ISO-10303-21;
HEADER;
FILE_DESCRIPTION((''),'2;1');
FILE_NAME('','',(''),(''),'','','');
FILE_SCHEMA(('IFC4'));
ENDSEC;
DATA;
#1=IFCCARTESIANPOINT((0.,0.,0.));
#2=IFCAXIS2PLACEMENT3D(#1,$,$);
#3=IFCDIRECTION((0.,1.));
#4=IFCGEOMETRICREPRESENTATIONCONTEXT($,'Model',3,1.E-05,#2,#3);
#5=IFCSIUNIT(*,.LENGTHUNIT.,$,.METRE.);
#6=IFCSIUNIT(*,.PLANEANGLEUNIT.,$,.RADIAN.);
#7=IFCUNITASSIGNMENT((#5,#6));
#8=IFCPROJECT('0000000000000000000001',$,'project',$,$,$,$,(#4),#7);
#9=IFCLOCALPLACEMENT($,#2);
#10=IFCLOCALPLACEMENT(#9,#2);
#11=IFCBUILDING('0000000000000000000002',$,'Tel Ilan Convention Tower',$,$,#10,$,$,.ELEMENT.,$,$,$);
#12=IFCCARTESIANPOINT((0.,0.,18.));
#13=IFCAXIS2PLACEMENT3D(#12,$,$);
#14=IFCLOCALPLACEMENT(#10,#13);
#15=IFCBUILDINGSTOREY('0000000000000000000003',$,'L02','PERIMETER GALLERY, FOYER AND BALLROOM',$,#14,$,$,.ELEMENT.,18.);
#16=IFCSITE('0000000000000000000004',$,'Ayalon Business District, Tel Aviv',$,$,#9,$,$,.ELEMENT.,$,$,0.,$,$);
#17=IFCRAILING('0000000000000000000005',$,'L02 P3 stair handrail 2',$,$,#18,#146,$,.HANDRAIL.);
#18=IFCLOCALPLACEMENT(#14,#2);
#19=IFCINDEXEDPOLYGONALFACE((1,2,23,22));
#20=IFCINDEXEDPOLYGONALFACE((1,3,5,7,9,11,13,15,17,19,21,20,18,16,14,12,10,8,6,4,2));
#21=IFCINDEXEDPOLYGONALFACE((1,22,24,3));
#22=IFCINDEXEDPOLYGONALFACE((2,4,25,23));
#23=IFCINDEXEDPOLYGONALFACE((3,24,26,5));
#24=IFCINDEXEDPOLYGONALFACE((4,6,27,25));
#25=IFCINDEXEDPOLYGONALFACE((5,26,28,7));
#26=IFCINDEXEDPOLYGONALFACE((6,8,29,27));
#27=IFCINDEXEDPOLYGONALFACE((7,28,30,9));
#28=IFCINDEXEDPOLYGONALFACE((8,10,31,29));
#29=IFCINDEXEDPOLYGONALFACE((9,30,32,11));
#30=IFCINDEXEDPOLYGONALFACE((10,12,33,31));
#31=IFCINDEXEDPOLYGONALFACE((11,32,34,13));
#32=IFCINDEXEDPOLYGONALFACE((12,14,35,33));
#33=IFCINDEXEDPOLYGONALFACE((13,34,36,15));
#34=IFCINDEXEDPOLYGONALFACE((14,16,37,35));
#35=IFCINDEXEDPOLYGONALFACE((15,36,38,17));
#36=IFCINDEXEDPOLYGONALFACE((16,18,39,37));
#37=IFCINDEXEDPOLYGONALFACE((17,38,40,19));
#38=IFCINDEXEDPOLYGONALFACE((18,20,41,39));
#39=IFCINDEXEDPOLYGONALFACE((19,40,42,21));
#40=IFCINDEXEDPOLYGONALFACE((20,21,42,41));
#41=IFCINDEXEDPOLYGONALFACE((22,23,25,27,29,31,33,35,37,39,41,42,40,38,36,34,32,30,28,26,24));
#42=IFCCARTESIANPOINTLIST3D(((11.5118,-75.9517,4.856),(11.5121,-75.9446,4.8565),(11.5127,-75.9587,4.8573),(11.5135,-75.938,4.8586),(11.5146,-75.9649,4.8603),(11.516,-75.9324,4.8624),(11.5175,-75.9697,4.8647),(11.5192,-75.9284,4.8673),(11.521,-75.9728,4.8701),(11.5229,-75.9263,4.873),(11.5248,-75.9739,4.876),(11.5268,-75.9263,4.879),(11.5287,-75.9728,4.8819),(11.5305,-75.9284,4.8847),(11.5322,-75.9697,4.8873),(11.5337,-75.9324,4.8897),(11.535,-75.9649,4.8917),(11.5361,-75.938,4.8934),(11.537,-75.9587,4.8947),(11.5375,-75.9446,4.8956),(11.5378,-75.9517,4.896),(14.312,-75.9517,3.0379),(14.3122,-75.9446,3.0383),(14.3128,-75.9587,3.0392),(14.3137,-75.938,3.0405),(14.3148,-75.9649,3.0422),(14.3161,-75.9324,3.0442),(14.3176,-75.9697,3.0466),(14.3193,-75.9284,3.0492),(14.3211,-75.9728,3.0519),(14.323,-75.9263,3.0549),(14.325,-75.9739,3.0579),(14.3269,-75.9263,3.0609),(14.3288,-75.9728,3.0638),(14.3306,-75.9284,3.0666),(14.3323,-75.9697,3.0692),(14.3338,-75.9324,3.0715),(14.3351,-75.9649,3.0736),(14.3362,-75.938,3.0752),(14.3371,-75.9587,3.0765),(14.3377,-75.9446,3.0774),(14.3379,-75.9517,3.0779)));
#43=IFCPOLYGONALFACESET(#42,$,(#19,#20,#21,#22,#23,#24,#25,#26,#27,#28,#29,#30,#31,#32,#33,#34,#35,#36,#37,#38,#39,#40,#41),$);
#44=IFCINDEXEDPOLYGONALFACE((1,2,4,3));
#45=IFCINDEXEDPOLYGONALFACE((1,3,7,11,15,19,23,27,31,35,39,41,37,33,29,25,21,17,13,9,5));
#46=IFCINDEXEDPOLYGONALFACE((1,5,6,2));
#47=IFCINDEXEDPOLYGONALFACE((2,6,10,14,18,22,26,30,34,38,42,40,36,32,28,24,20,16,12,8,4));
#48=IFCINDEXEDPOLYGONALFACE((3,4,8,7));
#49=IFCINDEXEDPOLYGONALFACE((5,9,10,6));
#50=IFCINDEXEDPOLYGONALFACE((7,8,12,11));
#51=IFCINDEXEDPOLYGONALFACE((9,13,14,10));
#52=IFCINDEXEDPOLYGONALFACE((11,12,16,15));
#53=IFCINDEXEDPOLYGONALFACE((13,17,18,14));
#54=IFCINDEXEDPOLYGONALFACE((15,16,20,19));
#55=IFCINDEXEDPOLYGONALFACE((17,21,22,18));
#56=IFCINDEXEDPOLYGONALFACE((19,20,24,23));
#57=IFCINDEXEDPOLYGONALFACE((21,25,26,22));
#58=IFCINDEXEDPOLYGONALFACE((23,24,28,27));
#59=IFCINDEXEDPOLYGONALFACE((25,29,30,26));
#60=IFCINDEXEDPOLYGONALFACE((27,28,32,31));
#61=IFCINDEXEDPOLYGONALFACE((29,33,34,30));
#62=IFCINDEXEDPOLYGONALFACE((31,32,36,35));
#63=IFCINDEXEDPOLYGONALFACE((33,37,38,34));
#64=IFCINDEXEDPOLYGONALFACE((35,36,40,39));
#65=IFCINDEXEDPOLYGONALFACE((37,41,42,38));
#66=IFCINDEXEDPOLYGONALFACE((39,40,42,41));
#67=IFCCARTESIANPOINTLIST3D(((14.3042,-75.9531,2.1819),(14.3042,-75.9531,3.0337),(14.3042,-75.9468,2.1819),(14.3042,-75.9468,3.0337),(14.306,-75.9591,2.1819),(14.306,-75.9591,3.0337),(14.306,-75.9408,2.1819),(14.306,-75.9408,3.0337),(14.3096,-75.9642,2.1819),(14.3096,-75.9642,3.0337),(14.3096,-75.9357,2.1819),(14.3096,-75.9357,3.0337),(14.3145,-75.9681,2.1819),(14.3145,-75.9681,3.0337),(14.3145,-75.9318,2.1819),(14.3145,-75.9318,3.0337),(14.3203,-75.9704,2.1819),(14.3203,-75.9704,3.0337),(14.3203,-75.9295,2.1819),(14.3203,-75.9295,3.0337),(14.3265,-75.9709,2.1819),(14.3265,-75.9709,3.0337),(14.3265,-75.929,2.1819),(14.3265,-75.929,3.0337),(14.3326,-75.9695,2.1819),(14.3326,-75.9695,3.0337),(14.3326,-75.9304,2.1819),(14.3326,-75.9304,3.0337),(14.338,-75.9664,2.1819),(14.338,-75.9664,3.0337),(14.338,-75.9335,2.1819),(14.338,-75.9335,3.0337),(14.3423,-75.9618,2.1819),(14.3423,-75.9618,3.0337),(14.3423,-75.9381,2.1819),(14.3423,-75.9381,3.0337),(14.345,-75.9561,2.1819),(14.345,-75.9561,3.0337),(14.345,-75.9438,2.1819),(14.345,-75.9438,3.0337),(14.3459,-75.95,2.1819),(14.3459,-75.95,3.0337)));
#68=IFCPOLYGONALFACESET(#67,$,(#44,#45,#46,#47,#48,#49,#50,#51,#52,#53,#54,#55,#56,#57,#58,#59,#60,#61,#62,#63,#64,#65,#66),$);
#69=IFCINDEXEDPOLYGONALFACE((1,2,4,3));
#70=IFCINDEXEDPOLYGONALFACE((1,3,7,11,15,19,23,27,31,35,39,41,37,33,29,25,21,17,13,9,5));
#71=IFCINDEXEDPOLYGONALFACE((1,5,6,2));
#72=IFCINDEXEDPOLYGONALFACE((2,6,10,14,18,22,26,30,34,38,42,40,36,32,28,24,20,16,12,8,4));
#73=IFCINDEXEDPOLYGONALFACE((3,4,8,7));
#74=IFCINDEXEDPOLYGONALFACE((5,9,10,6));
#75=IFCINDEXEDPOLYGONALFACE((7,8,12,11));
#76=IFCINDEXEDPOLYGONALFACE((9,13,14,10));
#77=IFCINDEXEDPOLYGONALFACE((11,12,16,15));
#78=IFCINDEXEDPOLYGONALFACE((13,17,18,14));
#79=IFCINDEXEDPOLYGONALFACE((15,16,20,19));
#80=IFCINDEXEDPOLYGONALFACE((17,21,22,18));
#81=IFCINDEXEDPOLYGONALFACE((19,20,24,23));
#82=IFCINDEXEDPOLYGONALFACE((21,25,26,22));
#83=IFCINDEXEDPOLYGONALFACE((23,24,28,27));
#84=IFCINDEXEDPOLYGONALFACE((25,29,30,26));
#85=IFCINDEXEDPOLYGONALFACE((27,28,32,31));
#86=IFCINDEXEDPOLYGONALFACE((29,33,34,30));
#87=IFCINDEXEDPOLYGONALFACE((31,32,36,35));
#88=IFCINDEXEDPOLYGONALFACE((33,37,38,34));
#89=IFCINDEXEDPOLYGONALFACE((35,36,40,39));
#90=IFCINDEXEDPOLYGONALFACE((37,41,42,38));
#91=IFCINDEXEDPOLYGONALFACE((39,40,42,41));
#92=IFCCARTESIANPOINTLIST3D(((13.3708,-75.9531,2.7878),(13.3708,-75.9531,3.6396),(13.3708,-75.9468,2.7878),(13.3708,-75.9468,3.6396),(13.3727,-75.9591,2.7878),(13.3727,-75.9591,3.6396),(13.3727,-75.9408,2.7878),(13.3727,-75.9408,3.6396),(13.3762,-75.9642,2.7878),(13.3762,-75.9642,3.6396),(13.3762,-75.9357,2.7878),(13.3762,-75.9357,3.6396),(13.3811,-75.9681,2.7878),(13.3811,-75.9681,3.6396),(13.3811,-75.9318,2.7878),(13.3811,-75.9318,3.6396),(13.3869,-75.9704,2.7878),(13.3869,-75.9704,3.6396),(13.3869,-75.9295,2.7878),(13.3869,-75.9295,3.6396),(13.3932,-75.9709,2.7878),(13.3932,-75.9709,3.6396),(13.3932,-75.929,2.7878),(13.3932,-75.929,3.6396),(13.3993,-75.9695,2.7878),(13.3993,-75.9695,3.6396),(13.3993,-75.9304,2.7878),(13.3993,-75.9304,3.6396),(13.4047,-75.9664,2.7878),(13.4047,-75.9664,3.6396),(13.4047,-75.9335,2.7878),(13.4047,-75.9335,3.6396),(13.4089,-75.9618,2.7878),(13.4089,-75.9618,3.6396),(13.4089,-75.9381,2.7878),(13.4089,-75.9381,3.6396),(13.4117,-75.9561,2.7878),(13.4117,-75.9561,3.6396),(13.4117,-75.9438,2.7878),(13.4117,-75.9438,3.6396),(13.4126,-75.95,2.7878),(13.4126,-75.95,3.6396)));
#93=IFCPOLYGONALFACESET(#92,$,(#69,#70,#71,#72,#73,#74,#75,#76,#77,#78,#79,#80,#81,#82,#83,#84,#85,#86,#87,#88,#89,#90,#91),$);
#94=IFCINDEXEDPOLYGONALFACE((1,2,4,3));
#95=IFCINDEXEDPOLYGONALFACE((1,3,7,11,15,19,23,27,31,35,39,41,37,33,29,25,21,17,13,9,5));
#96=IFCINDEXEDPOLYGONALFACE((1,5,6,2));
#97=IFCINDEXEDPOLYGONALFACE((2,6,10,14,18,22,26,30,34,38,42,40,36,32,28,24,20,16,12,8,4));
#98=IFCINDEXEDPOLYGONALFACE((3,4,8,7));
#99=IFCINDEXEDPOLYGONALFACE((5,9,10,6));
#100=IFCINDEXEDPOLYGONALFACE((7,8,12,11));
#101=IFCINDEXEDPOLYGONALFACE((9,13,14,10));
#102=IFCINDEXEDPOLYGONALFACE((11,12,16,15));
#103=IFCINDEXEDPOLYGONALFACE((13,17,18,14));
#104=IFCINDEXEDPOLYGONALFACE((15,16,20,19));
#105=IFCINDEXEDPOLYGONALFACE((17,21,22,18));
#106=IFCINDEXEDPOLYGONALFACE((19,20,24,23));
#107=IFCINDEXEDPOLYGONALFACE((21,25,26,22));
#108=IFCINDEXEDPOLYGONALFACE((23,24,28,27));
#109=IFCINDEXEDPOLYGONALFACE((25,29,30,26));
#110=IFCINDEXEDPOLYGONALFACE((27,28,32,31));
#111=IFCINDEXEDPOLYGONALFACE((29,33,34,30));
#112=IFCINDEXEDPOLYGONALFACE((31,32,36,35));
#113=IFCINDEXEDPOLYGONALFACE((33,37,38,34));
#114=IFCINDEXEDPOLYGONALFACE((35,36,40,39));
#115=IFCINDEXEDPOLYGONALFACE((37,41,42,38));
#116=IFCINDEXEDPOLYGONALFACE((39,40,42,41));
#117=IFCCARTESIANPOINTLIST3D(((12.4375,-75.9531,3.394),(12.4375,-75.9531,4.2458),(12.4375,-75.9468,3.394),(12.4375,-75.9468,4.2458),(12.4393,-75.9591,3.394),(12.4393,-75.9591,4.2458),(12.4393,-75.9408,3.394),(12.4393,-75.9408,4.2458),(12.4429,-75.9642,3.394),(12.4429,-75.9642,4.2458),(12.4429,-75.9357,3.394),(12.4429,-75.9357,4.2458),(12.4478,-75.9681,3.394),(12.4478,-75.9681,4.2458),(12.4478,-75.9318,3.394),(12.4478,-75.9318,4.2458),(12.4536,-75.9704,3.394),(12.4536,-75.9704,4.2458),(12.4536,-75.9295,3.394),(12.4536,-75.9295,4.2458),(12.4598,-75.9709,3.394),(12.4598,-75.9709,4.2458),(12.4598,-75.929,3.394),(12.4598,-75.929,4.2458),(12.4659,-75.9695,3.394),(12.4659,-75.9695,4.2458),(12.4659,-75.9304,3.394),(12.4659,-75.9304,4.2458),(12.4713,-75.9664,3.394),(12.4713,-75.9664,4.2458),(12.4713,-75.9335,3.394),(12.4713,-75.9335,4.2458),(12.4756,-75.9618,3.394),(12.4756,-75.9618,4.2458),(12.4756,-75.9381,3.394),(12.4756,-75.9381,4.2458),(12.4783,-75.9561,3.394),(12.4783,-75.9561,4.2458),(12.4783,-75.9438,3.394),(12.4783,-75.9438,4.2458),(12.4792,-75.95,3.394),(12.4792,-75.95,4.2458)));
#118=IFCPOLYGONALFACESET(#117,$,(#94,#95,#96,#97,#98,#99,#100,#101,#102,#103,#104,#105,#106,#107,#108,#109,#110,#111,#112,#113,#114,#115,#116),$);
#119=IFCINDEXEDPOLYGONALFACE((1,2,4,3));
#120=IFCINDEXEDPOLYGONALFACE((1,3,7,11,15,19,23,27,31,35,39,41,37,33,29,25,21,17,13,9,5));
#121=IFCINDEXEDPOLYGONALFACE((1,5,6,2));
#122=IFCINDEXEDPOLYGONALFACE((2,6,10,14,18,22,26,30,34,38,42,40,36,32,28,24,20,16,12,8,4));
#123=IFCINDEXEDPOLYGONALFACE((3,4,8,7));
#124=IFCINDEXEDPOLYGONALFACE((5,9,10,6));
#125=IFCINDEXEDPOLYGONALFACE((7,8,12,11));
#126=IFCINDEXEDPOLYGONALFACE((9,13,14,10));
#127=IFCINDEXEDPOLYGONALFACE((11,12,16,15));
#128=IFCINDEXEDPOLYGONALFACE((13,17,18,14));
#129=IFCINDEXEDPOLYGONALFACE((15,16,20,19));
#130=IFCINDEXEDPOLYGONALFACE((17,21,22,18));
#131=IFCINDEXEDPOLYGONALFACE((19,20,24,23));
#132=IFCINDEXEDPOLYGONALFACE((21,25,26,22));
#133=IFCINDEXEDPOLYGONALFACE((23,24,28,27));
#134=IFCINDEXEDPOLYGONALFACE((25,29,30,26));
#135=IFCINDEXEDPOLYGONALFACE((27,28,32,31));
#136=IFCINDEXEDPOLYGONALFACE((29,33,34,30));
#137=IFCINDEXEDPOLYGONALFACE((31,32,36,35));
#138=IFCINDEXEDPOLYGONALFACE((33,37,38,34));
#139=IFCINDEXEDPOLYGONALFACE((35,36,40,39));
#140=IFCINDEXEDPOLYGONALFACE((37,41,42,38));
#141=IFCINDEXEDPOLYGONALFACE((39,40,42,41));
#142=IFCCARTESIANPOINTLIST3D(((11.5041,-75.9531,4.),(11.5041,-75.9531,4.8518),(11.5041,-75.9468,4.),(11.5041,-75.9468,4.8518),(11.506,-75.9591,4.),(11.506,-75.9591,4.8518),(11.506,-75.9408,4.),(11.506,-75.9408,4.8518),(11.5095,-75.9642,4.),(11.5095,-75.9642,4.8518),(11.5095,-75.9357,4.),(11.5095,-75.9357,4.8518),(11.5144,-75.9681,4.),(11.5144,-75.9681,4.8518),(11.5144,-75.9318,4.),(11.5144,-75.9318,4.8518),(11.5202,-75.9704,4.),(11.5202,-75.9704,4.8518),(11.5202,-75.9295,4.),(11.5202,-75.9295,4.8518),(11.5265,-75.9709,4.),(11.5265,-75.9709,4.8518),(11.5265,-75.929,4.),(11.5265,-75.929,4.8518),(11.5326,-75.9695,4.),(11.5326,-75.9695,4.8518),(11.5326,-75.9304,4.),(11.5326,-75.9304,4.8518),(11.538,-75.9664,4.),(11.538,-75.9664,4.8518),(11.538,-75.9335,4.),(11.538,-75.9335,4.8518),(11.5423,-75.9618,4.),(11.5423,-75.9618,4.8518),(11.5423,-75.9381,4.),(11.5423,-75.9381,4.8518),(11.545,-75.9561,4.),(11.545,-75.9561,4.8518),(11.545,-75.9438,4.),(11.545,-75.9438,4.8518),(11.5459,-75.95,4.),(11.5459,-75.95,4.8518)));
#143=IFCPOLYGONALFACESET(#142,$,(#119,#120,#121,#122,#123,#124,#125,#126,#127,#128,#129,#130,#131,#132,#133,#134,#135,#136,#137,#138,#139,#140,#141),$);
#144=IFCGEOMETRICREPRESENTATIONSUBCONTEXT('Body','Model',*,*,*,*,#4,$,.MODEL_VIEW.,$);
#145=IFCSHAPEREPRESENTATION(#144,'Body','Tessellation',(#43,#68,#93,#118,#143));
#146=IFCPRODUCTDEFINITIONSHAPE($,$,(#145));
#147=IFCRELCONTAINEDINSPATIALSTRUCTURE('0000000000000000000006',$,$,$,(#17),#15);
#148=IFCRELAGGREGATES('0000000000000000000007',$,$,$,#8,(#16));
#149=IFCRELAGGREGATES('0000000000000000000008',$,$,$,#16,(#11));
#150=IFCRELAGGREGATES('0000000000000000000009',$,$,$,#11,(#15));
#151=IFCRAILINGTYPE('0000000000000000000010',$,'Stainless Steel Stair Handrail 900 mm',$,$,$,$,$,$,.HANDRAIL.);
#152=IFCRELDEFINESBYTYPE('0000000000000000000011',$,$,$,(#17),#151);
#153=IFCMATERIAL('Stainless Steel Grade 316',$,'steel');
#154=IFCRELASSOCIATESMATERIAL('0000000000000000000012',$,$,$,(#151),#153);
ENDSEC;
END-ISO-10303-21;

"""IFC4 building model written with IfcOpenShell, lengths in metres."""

from ifc_helpers import new_model, si_unit, direction, frame, origin, origin_2d, place, context, subcontext, project, spatial, circle, extrude, material, type_object, element, save


model = new_model("IFC4")

# Units and contexts
model_context = context("Model", 3, precision=1e-05, world=origin(), true_north=direction((0.0, 1.0)))
body_context = subcontext(model_context, "Body", "Model", "MODEL_VIEW")
ifc_project = project(units=[si_unit("LENGTHUNIT", "METRE"), si_unit("PLANEANGLEUNIT", "RADIAN")], contexts=[model_context])

# Site, building, storey
site_placement = place(None, origin())
site = spatial("IfcSite", under=ifc_project, at=site_placement, Name="Ayalon Business District, Tel Aviv", CompositionType="ELEMENT", RefElevation=0.0)
building_placement = place(site_placement, origin())
building = spatial("IfcBuilding", under=site, at=building_placement, Name="Tel Ilan Convention Tower", CompositionType="ELEMENT")
storey_placement = place(building_placement, frame((0.0, 0.0, 18.0)))
storey = spatial("IfcBuildingStorey", under=building, at=storey_placement, Name="L02", Description="PERIMETER GALLERY, FOYER AND BALLROOM", CompositionType="ELEMENT", Elevation=18.0)

# Railing
ifc_material_1 = material(Name="Stainless Steel Grade 316", Category="steel")
railing_type_1 = type_object("IfcRailingType", Name="Stainless Steel Stair Handrail 900 mm", PredefinedType="HANDRAIL", material=ifc_material_1)
for number, where, name in (
    (1, (14.325, -75.95, 2.1819), "L02 P3 stair handrail 2"),
):
    element("IfcRailing", number, at=place(storey_placement, frame(where)), inside=storey, type_object=railing_type_1, Name=name, PredefinedType="HANDRAIL", context=body_context, shape_type="SweptSolid", body=[
        extrude(circle(Radius=0.0239, at=origin_2d()), frame((0.0, 0.0, 0.876), z_axis=(-0.838706, 0.0, 0.544585), x_axis=(0.0, -1.0, 0.0)), (0.0, 0.0, 1.0), 3.3386),
        extrude(circle(Radius=0.021, at=origin_2d()), origin(), (0.0, 0.0, 1.0), 0.8518),
        extrude(circle(Radius=0.021, at=origin_2d()), frame((-0.9333, 0.0, 0.606)), (0.0, 0.0, 1.0), 0.8518),
        extrude(circle(Radius=0.021, at=origin_2d()), frame((-1.8667, 0.0, 1.2122)), (0.0, 0.0, 1.0), 0.8518),
        extrude(circle(Radius=0.021, at=origin_2d()), frame((-2.8, 0.0, 1.8181)), (0.0, 0.0, 1.0), 0.8518),
    ])

save(model, "model.ifc")
